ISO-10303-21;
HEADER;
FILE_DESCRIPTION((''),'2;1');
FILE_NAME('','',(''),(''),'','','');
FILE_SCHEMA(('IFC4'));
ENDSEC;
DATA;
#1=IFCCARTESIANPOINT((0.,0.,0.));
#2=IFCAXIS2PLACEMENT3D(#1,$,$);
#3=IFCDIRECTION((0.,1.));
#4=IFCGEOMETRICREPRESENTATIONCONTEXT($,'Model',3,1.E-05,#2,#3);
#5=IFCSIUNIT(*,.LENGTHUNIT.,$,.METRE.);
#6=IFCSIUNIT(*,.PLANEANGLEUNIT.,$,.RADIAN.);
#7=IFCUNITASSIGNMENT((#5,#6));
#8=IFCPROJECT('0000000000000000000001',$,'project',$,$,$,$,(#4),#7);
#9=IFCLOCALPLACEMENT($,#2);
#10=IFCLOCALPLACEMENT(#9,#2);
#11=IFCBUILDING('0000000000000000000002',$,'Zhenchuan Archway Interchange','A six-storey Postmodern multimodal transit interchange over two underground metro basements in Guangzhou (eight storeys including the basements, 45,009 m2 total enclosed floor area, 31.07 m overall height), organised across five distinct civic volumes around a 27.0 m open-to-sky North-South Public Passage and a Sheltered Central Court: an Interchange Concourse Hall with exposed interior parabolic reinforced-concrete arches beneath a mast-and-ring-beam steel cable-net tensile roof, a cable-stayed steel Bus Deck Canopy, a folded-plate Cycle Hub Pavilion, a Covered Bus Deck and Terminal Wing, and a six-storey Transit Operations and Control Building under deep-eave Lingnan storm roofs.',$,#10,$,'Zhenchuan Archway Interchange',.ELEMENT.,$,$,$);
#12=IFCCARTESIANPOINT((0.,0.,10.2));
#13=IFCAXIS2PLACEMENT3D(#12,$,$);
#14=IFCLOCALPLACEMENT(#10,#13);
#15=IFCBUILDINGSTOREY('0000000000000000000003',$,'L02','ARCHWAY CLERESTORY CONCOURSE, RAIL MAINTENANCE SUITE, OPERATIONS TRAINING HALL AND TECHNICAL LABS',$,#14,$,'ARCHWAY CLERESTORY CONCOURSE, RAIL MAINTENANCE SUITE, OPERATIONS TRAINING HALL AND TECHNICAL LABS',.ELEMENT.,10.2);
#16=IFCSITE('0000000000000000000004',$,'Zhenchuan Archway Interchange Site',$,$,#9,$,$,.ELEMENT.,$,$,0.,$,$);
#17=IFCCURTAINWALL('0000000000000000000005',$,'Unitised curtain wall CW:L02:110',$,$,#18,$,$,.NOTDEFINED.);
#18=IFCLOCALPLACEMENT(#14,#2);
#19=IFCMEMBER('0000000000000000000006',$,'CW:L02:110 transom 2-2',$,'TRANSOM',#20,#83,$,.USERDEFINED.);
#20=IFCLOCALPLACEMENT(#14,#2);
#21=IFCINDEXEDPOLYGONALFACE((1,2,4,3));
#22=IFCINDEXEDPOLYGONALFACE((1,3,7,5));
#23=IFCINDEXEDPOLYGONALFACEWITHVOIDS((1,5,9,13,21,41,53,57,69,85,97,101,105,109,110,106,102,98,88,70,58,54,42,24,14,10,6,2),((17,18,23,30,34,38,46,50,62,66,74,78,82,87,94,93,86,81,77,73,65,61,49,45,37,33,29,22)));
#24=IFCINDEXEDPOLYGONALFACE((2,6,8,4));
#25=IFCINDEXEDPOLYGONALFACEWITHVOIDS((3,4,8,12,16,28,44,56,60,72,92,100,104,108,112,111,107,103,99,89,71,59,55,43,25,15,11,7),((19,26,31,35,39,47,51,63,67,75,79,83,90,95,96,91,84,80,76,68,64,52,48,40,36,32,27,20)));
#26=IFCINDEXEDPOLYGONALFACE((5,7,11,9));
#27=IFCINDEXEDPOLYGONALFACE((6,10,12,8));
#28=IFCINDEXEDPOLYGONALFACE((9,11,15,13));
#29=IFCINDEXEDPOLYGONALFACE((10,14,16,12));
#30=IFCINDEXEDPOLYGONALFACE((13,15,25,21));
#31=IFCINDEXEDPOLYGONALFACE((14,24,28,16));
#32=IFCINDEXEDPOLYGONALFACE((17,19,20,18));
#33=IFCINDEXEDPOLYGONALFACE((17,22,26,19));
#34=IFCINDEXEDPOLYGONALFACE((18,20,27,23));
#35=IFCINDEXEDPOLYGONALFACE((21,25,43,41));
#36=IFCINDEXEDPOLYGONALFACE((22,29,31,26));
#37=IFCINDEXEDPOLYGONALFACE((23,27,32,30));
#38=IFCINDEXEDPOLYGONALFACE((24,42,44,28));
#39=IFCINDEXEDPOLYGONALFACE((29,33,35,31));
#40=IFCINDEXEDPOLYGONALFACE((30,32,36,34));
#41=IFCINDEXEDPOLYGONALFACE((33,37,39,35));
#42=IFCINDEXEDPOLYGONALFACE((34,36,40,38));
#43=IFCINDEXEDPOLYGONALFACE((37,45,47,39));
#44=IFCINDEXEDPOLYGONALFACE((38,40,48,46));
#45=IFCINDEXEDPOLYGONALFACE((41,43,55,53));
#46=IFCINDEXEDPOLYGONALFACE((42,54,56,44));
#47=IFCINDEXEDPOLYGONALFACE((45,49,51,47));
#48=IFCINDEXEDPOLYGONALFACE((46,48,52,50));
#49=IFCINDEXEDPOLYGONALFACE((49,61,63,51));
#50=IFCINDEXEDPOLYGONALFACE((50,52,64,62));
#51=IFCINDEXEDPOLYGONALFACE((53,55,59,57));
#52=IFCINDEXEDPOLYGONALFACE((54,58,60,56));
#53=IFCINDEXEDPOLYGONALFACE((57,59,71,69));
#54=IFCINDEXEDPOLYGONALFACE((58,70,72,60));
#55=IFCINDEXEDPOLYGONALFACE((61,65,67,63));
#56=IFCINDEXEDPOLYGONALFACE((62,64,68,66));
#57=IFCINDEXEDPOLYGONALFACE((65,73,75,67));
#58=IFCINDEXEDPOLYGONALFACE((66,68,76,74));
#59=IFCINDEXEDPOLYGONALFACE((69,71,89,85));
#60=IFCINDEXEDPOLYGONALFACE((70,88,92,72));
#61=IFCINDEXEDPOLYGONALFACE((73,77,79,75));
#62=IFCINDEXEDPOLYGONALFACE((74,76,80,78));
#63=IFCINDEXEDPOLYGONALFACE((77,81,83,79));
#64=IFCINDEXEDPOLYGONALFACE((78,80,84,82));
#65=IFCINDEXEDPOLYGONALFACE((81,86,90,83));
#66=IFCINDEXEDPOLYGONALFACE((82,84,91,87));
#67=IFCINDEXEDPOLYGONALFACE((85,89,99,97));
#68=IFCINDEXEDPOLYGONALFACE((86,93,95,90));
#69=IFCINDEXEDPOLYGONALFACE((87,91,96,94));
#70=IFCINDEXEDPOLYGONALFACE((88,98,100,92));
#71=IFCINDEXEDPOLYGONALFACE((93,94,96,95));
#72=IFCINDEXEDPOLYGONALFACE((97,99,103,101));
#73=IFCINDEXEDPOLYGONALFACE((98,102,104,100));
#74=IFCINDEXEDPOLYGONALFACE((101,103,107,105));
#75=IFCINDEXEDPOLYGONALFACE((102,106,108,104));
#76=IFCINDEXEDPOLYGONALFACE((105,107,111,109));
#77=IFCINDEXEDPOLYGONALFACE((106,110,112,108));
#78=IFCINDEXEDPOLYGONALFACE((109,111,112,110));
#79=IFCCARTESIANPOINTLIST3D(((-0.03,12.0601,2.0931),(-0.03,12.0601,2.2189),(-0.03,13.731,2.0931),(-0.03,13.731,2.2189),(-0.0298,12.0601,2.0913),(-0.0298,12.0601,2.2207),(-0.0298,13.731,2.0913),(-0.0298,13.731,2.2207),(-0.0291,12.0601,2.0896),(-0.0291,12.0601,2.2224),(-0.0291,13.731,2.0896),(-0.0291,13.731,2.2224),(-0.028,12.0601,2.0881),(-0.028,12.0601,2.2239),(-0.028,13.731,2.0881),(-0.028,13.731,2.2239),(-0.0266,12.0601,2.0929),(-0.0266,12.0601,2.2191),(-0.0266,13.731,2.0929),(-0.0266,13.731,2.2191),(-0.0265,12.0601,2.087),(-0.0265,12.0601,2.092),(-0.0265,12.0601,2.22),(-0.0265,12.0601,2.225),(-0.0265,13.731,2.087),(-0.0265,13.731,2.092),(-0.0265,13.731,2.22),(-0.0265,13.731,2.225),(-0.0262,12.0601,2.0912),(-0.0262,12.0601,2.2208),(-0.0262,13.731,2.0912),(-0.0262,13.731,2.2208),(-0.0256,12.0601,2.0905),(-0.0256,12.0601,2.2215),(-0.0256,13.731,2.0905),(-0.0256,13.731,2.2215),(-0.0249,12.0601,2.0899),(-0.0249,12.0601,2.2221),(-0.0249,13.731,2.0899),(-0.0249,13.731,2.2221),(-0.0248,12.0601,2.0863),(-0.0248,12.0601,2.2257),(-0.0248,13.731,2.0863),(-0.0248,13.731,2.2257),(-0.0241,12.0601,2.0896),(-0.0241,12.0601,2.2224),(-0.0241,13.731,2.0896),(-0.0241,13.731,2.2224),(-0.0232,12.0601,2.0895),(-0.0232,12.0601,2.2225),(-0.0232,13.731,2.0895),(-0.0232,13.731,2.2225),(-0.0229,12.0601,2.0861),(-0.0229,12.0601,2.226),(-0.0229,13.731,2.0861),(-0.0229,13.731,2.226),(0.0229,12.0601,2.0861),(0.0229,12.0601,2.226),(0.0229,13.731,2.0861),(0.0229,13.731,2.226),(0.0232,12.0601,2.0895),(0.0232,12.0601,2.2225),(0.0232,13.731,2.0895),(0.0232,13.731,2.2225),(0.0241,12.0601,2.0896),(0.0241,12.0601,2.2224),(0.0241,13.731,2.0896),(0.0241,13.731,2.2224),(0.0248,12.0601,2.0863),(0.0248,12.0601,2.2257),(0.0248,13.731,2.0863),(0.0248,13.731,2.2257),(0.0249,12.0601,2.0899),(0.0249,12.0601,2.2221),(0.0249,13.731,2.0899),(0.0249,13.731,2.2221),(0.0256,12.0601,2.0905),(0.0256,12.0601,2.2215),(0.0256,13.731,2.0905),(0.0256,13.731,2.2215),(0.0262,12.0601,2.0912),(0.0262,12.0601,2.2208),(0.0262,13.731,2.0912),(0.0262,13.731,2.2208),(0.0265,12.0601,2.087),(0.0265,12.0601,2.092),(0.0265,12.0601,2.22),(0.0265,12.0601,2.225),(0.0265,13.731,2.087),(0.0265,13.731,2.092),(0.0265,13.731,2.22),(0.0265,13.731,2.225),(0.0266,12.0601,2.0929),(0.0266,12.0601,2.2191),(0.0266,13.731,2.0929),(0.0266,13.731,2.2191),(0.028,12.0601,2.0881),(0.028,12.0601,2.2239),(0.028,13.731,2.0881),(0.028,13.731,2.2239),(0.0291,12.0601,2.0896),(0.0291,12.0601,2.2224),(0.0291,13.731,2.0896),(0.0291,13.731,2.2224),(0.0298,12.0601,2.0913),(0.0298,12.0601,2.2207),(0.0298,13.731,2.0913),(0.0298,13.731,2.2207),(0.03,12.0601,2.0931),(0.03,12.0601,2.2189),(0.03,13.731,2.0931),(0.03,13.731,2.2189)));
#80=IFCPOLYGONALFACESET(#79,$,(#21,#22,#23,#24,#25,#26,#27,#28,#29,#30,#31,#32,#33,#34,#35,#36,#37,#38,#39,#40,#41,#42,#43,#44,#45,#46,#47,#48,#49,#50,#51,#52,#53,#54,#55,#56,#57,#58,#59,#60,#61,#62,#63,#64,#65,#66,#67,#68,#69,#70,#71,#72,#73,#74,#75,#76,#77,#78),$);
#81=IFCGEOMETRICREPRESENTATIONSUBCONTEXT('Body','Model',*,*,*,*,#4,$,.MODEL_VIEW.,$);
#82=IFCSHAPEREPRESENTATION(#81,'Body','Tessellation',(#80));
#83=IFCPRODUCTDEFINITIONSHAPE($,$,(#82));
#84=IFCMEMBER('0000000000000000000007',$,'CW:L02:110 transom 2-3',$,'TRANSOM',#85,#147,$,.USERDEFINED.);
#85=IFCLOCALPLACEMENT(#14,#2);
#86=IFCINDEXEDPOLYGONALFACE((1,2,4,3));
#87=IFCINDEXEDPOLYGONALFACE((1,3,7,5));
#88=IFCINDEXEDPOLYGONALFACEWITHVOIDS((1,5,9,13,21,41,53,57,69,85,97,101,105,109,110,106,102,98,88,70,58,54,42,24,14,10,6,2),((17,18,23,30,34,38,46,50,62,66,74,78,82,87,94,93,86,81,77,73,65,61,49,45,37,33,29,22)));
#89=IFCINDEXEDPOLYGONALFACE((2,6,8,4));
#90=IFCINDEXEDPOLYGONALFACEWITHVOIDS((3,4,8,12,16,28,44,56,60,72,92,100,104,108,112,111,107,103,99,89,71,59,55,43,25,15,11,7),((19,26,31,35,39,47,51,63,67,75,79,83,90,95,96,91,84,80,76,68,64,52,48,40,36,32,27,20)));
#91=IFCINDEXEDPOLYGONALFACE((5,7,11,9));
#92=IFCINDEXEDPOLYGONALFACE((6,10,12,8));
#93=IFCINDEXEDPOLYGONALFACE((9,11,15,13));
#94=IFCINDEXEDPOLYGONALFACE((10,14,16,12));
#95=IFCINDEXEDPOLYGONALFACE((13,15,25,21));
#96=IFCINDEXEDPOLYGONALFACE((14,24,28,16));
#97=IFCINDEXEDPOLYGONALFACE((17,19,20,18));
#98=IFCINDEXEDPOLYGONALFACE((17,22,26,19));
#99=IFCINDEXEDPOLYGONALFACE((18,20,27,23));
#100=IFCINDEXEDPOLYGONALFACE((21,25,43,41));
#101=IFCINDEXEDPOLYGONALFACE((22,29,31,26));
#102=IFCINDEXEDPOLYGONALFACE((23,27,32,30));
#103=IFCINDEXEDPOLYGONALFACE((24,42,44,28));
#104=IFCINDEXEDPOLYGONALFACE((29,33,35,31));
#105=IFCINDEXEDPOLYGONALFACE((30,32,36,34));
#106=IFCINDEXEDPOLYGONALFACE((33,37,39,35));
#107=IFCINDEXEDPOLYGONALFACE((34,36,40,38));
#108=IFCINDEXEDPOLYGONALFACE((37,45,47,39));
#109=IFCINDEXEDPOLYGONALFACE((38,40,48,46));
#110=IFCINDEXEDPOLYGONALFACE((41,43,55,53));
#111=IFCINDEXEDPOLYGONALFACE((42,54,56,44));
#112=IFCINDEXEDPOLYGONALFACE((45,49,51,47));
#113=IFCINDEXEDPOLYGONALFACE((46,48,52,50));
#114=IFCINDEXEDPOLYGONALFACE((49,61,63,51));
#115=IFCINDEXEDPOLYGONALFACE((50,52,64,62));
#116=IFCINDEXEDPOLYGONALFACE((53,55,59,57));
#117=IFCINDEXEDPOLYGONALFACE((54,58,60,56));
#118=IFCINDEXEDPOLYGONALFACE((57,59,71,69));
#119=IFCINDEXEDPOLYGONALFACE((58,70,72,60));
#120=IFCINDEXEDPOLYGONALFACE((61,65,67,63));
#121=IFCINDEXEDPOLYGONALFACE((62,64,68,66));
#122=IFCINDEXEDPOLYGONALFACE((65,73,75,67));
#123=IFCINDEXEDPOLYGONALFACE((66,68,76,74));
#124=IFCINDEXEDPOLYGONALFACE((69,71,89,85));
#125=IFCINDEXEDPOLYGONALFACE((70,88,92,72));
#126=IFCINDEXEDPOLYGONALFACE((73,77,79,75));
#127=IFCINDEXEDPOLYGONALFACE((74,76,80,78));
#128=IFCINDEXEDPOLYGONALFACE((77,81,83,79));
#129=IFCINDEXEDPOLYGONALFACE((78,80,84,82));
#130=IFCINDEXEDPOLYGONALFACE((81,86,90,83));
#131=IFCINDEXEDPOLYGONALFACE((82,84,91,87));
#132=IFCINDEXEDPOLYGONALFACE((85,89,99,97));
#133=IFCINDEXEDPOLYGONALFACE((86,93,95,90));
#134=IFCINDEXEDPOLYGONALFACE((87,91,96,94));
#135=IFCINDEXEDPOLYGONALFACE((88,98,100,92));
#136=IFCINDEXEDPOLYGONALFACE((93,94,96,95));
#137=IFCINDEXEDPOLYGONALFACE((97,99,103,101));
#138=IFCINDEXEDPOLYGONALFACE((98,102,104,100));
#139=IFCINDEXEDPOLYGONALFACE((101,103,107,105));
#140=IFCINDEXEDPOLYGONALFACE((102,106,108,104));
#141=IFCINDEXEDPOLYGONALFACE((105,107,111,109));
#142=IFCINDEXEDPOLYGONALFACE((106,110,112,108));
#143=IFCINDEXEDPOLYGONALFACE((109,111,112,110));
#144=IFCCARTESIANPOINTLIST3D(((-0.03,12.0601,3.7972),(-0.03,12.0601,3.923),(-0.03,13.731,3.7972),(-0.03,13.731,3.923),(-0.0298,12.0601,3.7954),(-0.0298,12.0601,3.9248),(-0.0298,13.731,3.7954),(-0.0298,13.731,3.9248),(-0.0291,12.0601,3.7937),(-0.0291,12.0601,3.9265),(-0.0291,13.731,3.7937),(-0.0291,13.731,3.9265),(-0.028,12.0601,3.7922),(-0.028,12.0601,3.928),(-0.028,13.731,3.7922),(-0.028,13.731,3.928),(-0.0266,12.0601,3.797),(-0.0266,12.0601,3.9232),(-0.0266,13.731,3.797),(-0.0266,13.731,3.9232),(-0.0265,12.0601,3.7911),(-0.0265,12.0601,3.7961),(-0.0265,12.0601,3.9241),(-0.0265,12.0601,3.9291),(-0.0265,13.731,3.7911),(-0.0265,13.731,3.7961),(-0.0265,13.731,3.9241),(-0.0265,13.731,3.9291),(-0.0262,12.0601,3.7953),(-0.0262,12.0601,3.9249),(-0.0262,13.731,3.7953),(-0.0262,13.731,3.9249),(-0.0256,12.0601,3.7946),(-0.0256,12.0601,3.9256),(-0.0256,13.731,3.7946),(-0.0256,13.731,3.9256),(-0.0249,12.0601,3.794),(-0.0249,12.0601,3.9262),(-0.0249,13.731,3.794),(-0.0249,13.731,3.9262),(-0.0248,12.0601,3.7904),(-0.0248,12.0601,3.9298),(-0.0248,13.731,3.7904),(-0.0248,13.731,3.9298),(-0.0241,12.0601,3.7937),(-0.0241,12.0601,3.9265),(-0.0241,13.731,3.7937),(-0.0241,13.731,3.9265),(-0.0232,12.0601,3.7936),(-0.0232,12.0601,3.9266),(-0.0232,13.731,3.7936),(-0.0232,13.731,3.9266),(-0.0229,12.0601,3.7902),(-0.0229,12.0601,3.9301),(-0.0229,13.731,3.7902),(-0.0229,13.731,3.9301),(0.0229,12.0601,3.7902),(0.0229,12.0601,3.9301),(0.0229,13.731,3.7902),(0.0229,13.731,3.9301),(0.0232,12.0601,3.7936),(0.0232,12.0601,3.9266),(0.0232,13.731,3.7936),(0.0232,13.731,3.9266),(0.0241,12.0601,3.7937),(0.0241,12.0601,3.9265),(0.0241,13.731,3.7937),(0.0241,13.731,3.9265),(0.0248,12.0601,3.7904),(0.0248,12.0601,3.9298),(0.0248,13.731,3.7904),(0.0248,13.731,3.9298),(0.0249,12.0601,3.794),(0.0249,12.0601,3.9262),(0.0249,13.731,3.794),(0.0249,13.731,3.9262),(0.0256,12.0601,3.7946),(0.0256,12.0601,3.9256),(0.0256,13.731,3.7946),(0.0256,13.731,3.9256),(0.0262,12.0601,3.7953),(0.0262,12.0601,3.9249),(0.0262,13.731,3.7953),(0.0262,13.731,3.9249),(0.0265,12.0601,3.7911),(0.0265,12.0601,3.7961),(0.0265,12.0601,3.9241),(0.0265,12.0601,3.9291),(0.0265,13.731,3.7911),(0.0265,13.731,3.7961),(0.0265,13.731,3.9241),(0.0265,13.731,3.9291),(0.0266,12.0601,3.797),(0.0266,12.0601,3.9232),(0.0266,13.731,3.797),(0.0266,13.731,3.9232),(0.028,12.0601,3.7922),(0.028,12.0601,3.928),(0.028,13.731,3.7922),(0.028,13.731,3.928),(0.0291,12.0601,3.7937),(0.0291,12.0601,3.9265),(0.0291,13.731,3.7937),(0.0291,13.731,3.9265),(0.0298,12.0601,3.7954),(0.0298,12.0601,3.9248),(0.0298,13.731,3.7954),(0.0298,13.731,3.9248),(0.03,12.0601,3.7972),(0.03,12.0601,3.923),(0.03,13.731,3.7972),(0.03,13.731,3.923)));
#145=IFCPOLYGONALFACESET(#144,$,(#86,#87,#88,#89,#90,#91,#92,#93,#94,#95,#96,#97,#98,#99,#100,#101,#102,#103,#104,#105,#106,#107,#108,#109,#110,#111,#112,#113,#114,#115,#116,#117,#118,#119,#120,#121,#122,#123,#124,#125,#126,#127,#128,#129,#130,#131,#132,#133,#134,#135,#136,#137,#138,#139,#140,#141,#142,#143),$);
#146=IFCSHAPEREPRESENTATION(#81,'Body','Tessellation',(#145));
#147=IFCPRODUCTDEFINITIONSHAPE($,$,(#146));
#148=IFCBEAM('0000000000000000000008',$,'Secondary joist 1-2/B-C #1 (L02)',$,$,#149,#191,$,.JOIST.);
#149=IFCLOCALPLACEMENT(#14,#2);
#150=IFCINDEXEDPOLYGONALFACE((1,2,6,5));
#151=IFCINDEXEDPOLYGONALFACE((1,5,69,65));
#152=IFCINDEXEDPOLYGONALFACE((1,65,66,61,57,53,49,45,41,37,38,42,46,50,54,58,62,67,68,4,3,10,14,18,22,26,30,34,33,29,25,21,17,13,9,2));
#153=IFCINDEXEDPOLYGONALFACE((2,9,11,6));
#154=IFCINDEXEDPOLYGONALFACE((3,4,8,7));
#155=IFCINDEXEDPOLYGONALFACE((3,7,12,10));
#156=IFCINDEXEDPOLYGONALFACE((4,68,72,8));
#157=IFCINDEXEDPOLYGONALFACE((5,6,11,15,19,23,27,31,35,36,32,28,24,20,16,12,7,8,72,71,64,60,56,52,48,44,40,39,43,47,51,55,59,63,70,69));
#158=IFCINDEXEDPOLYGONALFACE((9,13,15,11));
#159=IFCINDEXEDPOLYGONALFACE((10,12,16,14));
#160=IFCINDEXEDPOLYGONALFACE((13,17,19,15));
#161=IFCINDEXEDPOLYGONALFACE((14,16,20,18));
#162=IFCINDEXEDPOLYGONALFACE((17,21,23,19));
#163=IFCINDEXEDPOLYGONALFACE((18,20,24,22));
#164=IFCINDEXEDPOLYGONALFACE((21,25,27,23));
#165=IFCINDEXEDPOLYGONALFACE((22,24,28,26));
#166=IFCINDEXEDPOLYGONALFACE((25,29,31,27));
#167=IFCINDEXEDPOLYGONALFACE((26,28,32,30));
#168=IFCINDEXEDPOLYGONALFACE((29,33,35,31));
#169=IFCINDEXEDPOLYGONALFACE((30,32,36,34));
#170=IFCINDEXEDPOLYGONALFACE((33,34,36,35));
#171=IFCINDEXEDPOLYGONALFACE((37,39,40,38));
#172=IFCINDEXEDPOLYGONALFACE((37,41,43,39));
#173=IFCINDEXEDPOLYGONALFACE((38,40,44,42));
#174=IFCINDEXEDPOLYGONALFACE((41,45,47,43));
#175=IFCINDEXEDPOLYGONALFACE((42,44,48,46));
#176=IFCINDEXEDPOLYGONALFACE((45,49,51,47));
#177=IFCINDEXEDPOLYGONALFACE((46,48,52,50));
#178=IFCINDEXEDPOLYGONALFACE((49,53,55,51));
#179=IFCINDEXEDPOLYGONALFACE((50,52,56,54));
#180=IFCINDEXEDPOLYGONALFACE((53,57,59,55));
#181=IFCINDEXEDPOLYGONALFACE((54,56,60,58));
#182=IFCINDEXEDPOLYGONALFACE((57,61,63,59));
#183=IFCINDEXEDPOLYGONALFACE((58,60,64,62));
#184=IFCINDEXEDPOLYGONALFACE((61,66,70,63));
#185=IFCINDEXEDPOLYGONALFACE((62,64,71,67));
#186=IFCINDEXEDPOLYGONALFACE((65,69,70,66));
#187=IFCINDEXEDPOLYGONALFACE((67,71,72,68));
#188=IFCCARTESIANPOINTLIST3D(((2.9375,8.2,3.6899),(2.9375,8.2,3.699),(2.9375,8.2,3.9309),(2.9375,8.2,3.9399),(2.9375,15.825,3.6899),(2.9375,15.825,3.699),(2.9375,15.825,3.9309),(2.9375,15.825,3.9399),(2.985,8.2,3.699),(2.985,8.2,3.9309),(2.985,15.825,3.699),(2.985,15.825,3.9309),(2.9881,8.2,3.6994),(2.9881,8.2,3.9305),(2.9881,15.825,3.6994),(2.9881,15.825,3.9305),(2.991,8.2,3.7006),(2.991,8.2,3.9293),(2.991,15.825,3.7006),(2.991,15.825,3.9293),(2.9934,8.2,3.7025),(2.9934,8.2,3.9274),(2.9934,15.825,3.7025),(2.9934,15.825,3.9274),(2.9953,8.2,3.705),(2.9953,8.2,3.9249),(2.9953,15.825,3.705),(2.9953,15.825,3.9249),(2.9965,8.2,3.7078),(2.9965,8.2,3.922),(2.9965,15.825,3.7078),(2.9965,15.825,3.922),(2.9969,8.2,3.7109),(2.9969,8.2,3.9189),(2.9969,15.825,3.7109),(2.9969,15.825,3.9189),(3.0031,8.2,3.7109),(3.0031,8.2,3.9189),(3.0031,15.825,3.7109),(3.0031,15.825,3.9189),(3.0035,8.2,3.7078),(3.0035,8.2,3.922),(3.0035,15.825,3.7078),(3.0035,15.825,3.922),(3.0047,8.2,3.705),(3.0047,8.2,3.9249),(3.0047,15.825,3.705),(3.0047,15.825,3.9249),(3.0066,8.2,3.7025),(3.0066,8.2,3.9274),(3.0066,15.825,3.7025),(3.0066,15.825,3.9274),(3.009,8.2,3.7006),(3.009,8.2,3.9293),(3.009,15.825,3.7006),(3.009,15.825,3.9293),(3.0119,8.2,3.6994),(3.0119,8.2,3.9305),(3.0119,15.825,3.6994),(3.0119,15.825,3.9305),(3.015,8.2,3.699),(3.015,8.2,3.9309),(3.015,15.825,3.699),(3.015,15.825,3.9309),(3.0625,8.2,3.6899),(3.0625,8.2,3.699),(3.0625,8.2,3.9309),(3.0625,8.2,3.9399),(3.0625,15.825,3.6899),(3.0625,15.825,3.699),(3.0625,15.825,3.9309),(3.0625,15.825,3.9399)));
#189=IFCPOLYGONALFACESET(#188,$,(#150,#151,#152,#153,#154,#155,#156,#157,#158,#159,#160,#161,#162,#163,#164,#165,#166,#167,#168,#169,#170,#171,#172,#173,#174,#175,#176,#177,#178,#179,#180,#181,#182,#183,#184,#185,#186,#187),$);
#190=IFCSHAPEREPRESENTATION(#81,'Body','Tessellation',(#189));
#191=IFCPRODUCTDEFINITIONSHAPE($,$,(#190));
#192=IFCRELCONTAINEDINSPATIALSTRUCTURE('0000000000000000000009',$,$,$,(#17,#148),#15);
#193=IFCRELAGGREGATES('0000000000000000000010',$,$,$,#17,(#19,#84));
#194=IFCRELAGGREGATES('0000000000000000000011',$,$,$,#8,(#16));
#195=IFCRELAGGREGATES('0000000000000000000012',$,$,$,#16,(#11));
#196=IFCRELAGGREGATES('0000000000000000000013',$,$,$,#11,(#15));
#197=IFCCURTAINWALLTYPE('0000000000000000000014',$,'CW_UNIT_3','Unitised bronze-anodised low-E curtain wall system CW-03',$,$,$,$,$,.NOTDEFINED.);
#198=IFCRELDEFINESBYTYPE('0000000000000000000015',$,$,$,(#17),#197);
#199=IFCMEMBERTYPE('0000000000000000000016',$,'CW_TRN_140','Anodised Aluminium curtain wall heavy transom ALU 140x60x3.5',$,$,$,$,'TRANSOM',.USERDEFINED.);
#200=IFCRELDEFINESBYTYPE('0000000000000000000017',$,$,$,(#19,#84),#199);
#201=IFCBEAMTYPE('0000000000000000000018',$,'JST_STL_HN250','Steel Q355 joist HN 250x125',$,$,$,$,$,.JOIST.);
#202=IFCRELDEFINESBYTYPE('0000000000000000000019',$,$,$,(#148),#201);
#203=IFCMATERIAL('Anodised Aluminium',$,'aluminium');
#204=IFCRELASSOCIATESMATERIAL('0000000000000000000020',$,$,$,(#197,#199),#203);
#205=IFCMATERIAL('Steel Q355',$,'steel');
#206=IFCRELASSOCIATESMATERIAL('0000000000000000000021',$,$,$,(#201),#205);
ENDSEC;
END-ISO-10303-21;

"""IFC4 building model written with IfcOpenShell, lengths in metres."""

from ifc_helpers import new_model, si_unit, direction, frame, origin, origin_2d, place, context, subcontext, project, spatial, hollow_rectangle, i_section, extrude, material, material_profile, profile_set, type_object, element, aggregate, save


model = new_model("IFC4")

# Units and contexts
model_context = context("Model", 3, precision=1e-05, world=origin(), true_north=direction((0.0, 1.0)))
body_context = subcontext(model_context, "Body", "Model", "MODEL_VIEW")
ifc_project = project(units=[si_unit("LENGTHUNIT", "METRE"), si_unit("PLANEANGLEUNIT", "RADIAN")], contexts=[model_context])

# Site, building, storey
site_placement = place(None, origin())
site = spatial("IfcSite", under=ifc_project, at=site_placement, Name="Zhenchuan Archway Interchange Site", CompositionType="ELEMENT", RefElevation=0.0)
building_placement = place(site_placement, origin())
building = spatial("IfcBuilding", under=site, at=building_placement, Name="Zhenchuan Archway Interchange", Description="A six-storey Postmodern multimodal transit interchange over two underground metro basements in Guangzhou (eight storeys including the basements, 45,009 m2 total enclosed floor area, 31.07 m overall height), organised across five distinct civic volumes around a 27.0 m open-to-sky North-South Public Passage and a Sheltered Central Court: an Interchange Concourse Hall with exposed interior parabolic reinforced-concrete arches beneath a mast-and-ring-beam steel cable-net tensile roof, a cable-stayed steel Bus Deck Canopy, a folded-plate Cycle Hub Pavilion, a Covered Bus Deck and Terminal Wing, and a six-storey Transit Operations and Control Building under deep-eave Lingnan storm roofs.", LongName="Zhenchuan Archway Interchange", CompositionType="ELEMENT")
storey_placement = place(building_placement, frame((0.0, 0.0, 10.2)))
storey = spatial("IfcBuildingStorey", under=building, at=storey_placement, Name="L02", Description="ARCHWAY CLERESTORY CONCOURSE, RAIL MAINTENANCE SUITE, OPERATIONS TRAINING HALL AND TECHNICAL LABS", LongName="ARCHWAY CLERESTORY CONCOURSE, RAIL MAINTENANCE SUITE, OPERATIONS TRAINING HALL AND TECHNICAL LABS", CompositionType="ELEMENT", Elevation=10.2)

# Curtain wall, members
ifc_material_1 = material(Name="Anodised Aluminium", Category="aluminium")
curtain_wall_type = type_object("IfcCurtainWallType", Name="CW_UNIT_3", Description="Unitised bronze-anodised low-E curtain wall system CW-03", PredefinedType="NOTDEFINED", material=ifc_material_1)
curtain_wall_placement = place(storey_placement, origin())
curtain_wall = element("IfcCurtainWall", 1, at=curtain_wall_placement, inside=storey, type_object=curtain_wall_type, Name="Unitised curtain wall CW:L02:110", PredefinedType="NOTDEFINED")
ifc_material_profile_1 = material_profile(ifc_material_1, hollow_rectangle(XDim=0.0601, YDim=0.1399, WallThickness=0.0034, InnerFilletRadius=0.0034, OuterFilletRadius=0.0071, at=origin_2d()), Name="ALU 140x60x3.5")
ifc_profile_set_1 = profile_set([ifc_material_profile_1], Name="Anodised Aluminium")
member_type_1 = type_object("IfcMemberType", Name="CW_TRN_140", Description="Anodised Aluminium curtain wall heavy transom ALU 140x60x3.5", ElementType="TRANSOM", PredefinedType="USERDEFINED", material=ifc_profile_set_1)
member_1_placement = place(storey_placement, frame((0.0, 12.0601, 2.156), z_axis=(0.0, 1.0, 0.0), x_axis=(-1.0, 0.0, 0.0)))
member_1 = element("IfcMember", 2, at=member_1_placement, type_object=member_type_1, Name="CW:L02:110 transom 2-2", ObjectType="TRANSOM", PredefinedType="USERDEFINED", context=body_context, shape_type="SweptSolid", body=[
    extrude(hollow_rectangle(XDim=0.0601, YDim=0.1399, WallThickness=0.0034, InnerFilletRadius=0.0034, OuterFilletRadius=0.0071, at=origin_2d()), origin(), (0.0, 0.0, 1.0), 1.6709),
])
member_2_placement = place(storey_placement, frame((0.0, 12.0601, 3.8601), z_axis=(0.0, 1.0, 0.0), x_axis=(-1.0, 0.0, 0.0)))
member_2 = element("IfcMember", 3, at=member_2_placement, type_object=member_type_1, Name="CW:L02:110 transom 2-3", ObjectType="TRANSOM", PredefinedType="USERDEFINED", context=body_context, shape_type="SweptSolid", body=[
    extrude(hollow_rectangle(XDim=0.0601, YDim=0.1399, WallThickness=0.0034, InnerFilletRadius=0.0034, OuterFilletRadius=0.0071, at=origin_2d()), origin(), (0.0, 0.0, 1.0), 1.6709),
])

# Beam
ifc_material_2 = material(Name="Steel Q355", Category="steel")
ifc_material_profile_2 = material_profile(ifc_material_2, i_section(OverallWidth=0.125, OverallDepth=0.25, WebThickness=0.0061, FlangeThickness=0.009, FilletRadius=0.012, at=origin_2d()), Name="HN 250x125")
ifc_profile_set_2 = profile_set([ifc_material_profile_2], Name="Steel Q355")
beam_type_1 = type_object("IfcBeamType", Name="JST_STL_HN250", Description="Steel Q355 joist HN 250x125", PredefinedType="JOIST", material=ifc_profile_set_2)
beam_1_placement = place(storey_placement, frame((3.0, 8.2, 3.8149), z_axis=(0.0, 1.0, 0.0), x_axis=(-1.0, 0.0, 0.0)))
element("IfcBeam", 4, at=beam_1_placement, inside=storey, type_object=beam_type_1, Name="Secondary joist 1-2/B-C #1 (L02)", PredefinedType="JOIST", context=body_context, shape_type="SweptSolid", body=[
    extrude(i_section(OverallWidth=0.125, OverallDepth=0.25, WebThickness=0.0061, FlangeThickness=0.009, FilletRadius=0.012, at=origin_2d()), origin(), (0.0, 0.0, 1.0), 7.625),
])

aggregate(curtain_wall, [member_1, member_2])

save(model, "model.ifc")
